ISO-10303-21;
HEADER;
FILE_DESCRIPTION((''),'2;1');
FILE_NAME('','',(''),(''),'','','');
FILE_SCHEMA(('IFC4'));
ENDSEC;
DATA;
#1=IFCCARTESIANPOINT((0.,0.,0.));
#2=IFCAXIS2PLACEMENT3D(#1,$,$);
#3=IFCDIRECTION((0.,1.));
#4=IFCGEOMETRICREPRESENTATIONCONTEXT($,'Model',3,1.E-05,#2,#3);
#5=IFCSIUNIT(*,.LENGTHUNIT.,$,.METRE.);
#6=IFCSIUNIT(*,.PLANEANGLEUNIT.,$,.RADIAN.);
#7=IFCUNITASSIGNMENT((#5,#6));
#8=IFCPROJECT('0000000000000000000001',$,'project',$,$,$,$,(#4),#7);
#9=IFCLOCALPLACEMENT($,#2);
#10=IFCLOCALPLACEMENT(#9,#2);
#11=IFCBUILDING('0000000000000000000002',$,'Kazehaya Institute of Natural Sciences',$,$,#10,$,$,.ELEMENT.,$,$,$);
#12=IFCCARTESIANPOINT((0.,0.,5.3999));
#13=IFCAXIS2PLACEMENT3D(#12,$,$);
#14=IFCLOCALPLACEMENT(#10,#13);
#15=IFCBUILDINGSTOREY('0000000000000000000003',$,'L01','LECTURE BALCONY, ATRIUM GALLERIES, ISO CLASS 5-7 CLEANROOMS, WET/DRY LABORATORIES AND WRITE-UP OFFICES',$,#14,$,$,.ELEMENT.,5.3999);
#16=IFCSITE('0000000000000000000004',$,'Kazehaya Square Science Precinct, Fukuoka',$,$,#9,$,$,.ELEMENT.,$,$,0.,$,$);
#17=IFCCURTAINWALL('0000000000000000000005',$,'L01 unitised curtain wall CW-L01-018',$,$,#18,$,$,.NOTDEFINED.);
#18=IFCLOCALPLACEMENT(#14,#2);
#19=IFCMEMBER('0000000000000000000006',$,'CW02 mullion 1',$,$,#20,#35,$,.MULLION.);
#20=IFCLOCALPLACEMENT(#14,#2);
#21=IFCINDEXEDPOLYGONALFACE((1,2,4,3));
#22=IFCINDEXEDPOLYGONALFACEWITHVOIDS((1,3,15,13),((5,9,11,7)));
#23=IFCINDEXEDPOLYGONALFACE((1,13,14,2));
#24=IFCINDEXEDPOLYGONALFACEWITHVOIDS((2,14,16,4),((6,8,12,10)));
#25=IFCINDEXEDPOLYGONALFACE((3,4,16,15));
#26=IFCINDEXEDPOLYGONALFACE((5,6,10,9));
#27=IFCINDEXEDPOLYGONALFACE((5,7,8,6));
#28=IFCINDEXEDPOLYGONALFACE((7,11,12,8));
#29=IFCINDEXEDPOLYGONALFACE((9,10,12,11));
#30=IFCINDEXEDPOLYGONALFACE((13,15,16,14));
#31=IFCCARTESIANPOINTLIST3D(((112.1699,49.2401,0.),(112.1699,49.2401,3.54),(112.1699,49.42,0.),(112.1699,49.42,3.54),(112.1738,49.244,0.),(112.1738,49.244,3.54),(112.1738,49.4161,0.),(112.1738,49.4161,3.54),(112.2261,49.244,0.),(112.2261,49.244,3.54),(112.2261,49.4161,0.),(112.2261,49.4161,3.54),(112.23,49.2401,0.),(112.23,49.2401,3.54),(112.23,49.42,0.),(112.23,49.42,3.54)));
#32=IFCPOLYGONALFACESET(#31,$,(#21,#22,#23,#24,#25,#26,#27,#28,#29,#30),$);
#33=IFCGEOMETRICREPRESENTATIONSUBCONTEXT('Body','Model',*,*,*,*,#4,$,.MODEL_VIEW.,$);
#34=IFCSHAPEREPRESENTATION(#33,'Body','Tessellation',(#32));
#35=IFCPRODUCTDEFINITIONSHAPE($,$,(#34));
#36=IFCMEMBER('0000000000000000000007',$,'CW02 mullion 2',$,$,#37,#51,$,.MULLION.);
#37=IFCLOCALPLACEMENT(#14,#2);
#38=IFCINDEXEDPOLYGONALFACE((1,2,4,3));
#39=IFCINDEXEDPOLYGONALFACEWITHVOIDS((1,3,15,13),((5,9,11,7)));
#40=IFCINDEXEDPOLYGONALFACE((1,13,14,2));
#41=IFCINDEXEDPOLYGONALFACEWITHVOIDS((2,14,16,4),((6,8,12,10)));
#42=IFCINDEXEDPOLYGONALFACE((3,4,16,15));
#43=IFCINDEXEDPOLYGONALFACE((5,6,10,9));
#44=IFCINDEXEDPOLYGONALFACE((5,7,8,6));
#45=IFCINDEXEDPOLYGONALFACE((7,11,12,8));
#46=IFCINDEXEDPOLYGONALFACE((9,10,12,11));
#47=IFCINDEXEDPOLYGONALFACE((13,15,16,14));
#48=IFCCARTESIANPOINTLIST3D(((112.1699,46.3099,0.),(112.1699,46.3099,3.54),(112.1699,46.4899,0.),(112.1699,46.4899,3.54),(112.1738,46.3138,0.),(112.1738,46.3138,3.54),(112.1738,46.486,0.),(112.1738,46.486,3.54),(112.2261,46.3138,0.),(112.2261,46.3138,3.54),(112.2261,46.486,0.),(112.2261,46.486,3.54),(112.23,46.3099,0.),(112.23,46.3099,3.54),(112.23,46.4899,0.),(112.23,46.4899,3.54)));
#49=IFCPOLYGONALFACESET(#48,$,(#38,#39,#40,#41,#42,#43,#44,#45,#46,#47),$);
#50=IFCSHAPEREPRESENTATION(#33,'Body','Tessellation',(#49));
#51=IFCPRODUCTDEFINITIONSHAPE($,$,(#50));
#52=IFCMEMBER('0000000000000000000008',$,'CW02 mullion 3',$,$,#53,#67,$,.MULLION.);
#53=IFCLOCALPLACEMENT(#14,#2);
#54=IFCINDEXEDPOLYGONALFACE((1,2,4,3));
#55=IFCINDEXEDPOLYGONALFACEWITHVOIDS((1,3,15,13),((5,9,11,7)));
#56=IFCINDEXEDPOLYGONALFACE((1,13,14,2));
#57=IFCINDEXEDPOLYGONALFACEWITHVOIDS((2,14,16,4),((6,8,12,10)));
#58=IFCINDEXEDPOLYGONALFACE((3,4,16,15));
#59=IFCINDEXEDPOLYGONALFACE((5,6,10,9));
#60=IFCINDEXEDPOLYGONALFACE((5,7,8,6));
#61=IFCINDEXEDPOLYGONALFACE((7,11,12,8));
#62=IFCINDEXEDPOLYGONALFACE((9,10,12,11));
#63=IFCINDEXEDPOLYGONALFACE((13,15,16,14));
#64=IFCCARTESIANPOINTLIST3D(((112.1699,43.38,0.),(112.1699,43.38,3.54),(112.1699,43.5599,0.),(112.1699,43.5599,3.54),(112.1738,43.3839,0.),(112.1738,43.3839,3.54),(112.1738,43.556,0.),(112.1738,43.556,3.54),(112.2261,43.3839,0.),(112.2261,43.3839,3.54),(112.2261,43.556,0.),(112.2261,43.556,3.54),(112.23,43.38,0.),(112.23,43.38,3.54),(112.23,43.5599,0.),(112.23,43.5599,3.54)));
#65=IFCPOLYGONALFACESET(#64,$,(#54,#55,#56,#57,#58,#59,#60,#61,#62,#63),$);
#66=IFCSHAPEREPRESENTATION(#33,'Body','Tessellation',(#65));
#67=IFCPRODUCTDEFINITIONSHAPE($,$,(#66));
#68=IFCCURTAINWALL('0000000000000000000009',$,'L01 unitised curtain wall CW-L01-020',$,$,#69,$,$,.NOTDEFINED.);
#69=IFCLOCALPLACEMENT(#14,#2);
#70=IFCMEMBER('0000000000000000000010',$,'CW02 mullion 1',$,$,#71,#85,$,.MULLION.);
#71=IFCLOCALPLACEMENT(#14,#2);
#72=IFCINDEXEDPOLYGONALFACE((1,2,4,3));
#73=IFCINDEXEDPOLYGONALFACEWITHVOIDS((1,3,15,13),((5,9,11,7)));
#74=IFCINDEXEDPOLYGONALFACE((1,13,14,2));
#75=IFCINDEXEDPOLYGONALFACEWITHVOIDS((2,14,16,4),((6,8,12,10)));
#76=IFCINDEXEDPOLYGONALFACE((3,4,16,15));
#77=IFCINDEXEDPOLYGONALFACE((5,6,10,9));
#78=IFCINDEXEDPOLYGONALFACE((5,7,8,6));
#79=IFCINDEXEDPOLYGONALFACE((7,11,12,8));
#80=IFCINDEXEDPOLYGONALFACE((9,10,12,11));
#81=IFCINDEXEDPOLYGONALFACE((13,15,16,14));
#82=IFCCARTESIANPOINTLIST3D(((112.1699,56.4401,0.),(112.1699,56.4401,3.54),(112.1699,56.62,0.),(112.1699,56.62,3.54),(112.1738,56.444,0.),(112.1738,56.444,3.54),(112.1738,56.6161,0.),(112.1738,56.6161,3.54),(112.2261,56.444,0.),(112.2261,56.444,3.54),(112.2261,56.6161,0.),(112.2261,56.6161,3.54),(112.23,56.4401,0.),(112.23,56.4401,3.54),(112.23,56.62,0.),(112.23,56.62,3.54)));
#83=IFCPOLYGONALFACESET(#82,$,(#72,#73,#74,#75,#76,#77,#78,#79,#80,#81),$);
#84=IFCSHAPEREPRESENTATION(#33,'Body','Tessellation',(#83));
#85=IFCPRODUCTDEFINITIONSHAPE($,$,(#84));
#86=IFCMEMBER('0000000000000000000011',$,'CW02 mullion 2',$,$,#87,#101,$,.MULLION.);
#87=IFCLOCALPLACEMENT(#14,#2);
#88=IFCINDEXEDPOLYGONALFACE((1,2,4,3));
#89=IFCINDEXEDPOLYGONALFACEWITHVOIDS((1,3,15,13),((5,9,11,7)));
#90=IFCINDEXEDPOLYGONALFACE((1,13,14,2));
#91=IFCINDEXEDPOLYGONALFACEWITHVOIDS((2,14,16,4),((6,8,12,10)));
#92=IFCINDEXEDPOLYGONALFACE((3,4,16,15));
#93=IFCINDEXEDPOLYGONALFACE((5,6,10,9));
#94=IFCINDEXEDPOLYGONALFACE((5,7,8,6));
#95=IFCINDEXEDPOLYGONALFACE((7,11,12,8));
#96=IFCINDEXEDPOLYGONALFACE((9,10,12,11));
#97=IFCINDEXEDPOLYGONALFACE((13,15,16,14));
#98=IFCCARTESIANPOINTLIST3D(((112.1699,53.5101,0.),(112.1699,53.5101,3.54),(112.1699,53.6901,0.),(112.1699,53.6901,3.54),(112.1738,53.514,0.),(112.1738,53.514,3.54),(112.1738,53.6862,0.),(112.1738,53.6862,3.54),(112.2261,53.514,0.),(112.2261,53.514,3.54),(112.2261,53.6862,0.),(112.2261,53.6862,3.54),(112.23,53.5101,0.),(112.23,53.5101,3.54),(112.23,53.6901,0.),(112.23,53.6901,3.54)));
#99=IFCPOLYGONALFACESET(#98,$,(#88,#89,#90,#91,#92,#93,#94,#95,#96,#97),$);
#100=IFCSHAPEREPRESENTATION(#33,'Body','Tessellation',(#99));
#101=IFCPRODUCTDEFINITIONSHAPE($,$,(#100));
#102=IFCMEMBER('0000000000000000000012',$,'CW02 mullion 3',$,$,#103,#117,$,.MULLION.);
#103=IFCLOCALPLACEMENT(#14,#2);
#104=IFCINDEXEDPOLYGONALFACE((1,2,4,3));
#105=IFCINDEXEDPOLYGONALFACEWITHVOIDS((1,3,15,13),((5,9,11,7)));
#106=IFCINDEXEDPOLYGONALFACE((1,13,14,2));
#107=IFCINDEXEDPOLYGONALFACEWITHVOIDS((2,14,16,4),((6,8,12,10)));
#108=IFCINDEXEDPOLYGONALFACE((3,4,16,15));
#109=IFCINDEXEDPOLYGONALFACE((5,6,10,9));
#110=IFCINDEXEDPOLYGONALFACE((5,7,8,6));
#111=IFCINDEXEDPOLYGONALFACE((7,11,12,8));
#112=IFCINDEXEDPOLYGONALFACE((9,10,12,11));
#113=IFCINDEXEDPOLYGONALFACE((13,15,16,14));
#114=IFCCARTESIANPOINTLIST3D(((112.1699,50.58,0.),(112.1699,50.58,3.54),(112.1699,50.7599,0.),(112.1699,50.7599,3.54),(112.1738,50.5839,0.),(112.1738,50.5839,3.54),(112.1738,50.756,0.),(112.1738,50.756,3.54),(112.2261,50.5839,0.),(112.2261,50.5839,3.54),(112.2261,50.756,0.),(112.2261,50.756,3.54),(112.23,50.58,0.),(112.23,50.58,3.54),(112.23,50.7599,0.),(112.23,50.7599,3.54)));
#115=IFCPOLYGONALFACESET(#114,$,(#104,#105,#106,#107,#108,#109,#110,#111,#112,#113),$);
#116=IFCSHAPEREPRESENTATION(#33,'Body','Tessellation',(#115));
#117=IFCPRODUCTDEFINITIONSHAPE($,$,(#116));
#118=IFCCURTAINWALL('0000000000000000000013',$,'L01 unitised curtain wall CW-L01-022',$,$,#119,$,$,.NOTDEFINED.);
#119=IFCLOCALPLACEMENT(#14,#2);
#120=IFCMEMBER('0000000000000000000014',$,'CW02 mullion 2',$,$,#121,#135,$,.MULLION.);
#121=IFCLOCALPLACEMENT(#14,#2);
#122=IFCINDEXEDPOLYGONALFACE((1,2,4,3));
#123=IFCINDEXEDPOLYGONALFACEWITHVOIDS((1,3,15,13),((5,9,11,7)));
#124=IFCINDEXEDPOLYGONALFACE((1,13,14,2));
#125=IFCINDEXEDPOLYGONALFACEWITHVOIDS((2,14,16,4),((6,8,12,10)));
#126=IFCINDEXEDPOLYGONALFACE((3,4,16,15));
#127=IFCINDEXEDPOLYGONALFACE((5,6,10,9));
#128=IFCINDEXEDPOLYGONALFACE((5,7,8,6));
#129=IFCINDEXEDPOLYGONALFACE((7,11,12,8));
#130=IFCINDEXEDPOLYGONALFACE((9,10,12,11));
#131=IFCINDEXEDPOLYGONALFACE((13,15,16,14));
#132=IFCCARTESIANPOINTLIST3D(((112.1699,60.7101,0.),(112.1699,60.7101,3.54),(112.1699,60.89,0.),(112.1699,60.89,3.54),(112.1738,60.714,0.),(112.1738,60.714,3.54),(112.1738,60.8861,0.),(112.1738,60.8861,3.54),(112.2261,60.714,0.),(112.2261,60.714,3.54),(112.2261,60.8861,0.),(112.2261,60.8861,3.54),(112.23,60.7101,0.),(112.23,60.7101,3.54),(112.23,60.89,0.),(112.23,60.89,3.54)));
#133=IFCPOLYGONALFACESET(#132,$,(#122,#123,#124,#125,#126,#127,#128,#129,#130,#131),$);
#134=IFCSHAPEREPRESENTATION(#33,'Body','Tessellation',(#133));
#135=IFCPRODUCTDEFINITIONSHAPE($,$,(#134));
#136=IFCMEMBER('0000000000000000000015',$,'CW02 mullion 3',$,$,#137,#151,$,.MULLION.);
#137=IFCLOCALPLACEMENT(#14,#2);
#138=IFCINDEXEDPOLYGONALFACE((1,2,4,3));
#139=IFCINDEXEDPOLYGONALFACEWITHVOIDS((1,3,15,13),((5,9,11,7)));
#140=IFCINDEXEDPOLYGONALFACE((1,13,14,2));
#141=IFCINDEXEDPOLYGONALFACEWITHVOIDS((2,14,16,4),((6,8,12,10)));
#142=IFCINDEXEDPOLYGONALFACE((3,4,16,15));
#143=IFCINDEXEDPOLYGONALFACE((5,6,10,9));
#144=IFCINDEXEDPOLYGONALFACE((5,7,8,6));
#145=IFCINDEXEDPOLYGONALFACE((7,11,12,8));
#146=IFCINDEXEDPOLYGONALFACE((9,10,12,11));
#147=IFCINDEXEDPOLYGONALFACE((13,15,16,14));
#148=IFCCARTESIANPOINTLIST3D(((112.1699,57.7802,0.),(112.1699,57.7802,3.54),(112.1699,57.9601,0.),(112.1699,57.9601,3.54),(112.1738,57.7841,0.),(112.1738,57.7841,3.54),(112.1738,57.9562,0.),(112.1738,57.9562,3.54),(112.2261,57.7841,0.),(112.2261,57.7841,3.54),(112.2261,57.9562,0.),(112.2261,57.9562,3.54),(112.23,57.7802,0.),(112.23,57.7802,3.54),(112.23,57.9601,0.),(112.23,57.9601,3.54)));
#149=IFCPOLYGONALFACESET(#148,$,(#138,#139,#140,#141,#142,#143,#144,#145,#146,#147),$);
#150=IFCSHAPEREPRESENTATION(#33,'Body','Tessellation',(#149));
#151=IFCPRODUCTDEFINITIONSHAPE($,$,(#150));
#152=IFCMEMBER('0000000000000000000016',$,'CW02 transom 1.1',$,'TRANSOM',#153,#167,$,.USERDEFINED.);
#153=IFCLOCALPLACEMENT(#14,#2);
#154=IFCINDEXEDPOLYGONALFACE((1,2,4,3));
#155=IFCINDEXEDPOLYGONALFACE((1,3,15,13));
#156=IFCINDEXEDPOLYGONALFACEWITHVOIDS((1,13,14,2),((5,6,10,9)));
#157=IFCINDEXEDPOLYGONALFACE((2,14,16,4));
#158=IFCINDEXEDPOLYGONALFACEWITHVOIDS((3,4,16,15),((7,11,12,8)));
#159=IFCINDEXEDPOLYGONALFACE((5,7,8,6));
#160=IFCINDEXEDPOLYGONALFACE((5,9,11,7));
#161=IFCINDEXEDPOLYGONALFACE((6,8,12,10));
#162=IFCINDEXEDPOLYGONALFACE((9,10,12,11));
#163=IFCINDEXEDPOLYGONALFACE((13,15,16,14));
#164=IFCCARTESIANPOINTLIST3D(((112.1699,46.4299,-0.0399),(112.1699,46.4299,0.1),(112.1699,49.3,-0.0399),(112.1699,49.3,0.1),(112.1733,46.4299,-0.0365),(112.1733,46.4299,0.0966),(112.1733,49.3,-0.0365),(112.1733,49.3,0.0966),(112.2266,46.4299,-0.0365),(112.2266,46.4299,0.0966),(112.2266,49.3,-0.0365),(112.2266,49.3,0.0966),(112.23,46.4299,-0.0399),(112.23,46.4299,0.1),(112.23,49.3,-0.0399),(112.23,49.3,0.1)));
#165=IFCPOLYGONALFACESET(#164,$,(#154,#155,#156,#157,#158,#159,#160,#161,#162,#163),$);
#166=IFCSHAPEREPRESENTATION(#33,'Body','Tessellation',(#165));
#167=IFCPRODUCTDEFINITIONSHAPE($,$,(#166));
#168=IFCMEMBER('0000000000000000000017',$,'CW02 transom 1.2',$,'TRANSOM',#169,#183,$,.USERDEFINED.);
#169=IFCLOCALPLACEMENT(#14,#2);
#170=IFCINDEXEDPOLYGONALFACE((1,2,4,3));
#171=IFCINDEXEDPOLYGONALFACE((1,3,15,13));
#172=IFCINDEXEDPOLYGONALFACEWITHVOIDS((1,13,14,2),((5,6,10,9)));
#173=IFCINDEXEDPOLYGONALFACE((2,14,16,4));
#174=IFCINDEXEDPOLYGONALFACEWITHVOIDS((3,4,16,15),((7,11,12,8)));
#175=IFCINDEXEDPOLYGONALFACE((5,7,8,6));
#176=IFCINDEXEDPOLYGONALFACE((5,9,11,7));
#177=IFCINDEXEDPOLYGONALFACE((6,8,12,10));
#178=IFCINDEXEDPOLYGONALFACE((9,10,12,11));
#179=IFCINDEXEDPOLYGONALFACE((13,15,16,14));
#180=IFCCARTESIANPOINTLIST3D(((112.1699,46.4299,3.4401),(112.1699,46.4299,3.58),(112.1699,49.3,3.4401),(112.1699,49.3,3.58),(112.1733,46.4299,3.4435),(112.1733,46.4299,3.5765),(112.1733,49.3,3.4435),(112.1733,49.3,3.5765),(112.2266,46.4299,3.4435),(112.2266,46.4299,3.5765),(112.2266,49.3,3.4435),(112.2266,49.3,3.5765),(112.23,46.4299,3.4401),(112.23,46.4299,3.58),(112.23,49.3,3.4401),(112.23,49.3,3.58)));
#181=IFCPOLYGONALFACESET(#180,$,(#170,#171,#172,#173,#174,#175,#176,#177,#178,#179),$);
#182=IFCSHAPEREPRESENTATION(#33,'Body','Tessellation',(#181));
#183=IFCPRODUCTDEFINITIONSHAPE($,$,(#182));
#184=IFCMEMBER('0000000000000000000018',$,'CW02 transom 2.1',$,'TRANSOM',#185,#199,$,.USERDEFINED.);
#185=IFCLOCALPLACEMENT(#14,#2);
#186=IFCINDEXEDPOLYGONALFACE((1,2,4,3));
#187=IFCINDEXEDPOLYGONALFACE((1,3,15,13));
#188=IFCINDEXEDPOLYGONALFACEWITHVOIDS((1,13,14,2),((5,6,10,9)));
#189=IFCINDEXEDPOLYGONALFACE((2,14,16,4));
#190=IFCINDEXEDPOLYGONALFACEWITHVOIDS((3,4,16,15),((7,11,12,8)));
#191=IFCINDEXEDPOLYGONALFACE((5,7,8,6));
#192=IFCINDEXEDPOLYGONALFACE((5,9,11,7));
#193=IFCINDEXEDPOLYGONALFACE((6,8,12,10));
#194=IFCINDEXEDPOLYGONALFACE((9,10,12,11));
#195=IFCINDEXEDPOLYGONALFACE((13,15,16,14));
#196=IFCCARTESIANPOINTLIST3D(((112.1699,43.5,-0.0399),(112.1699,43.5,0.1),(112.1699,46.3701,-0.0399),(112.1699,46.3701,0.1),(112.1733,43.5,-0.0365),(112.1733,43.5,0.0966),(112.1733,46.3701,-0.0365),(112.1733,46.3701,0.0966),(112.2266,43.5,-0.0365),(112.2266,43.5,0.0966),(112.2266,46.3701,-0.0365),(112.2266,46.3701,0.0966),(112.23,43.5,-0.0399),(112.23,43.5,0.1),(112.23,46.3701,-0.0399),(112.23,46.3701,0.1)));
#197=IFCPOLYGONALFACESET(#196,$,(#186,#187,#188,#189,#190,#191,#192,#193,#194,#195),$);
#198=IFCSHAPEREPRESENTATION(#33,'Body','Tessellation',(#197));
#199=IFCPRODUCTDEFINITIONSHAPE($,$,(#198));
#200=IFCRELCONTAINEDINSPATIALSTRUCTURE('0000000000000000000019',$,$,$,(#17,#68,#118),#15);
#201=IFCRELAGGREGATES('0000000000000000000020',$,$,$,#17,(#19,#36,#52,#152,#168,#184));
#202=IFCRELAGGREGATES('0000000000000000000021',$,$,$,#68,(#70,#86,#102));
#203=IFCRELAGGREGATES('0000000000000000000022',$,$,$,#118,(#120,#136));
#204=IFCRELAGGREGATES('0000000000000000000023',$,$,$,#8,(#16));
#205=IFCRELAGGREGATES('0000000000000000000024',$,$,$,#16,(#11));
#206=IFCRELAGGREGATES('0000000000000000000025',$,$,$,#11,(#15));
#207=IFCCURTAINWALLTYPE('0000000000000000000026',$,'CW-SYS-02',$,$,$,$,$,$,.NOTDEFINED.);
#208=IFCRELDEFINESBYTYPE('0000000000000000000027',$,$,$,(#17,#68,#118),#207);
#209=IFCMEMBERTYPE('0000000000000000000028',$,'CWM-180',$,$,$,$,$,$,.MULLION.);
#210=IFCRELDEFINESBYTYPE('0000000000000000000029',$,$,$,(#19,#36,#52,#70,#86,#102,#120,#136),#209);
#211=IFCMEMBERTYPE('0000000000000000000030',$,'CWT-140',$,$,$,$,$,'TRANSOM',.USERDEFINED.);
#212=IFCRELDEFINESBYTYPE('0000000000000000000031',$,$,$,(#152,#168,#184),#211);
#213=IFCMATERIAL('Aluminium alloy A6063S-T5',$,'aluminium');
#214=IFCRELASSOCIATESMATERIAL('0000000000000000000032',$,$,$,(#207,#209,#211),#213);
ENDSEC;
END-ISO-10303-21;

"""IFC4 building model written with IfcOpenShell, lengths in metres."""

from ifc_helpers import new_model, si_unit, direction, frame, origin, origin_2d, place, context, subcontext, project, spatial, hollow_rectangle, extrude, material, material_profile, profile_set, type_object, element, aggregate, save


model = new_model("IFC4")

# Units and contexts
model_context = context("Model", 3, precision=1e-05, world=origin(), true_north=direction((0.0, 1.0)))
body_context = subcontext(model_context, "Body", "Model", "MODEL_VIEW")
ifc_project = project(units=[si_unit("LENGTHUNIT", "METRE"), si_unit("PLANEANGLEUNIT", "RADIAN")], contexts=[model_context])

# Site, building, storey
site_placement = place(None, origin())
site = spatial("IfcSite", under=ifc_project, at=site_placement, Name="Kazehaya Square Science Precinct, Fukuoka", CompositionType="ELEMENT", RefElevation=0.0)
building_placement = place(site_placement, origin())
building = spatial("IfcBuilding", under=site, at=building_placement, Name="Kazehaya Institute of Natural Sciences", CompositionType="ELEMENT")
storey_placement = place(building_placement, frame((0.0, 0.0, 5.3999)))
storey = spatial("IfcBuildingStorey", under=building, at=storey_placement, Name="L01", Description="LECTURE BALCONY, ATRIUM GALLERIES, ISO CLASS 5-7 CLEANROOMS, WET/DRY LABORATORIES AND WRITE-UP OFFICES", CompositionType="ELEMENT", Elevation=5.3999)

# Curtain walls, members
ifc_material_1 = material(Name="Aluminium alloy A6063S-T5", Category="aluminium")
curtain_wall_type = type_object("IfcCurtainWallType", Name="CW-SYS-02", PredefinedType="NOTDEFINED", material=ifc_material_1)
curtain_wall_1_placement = place(storey_placement, origin())
curtain_wall_1 = element("IfcCurtainWall", 1, at=curtain_wall_1_placement, inside=storey, type_object=curtain_wall_type, Name="L01 unitised curtain wall CW-L01-018", PredefinedType="NOTDEFINED")
ifc_material_profile_1 = material_profile(ifc_material_1, hollow_rectangle(XDim=0.0601, YDim=0.1799, WallThickness=0.0039, at=origin_2d()), Name="ALU-60x180x4")
ifc_profile_set_1 = profile_set([ifc_material_profile_1], Name="Aluminium alloy A6063S-T5")
member_type_1 = type_object("IfcMemberType", Name="CWM-180", PredefinedType="MULLION", material=ifc_profile_set_1)
member_1_placement = place(storey_placement, frame((112.2, 49.3301, 0.0), z_axis=(0.0, 0.0, 1.0), x_axis=(1.0, 0.0, 0.0)))
member_1 = element("IfcMember", 2, at=member_1_placement, type_object=member_type_1, Name="CW02 mullion 1", PredefinedType="MULLION", context=body_context, shape_type="SweptSolid", body=[
    extrude(hollow_rectangle(XDim=0.0601, YDim=0.1799, WallThickness=0.0039, at=origin_2d()), origin(), (0.0, 0.0, 1.0), 3.54),
])
member_2_placement = place(storey_placement, frame((112.2, 46.3999, 0.0), z_axis=(0.0, 0.0, 1.0), x_axis=(1.0, 0.0, 0.0)))
member_2 = element("IfcMember", 3, at=member_2_placement, type_object=member_type_1, Name="CW02 mullion 2", PredefinedType="MULLION", context=body_context, shape_type="SweptSolid", body=[
    extrude(hollow_rectangle(XDim=0.0601, YDim=0.1799, WallThickness=0.0039, at=origin_2d()), origin(), (0.0, 0.0, 1.0), 3.54),
])
member_3_placement = place(storey_placement, frame((112.2, 43.47, 0.0), z_axis=(0.0, 0.0, 1.0), x_axis=(1.0, 0.0, 0.0)))
member_3 = element("IfcMember", 4, at=member_3_placement, type_object=member_type_1, Name="CW02 mullion 3", PredefinedType="MULLION", context=body_context, shape_type="SweptSolid", body=[
    extrude(hollow_rectangle(XDim=0.0601, YDim=0.1799, WallThickness=0.0039, at=origin_2d()), origin(), (0.0, 0.0, 1.0), 3.54),
])
curtain_wall_2_placement = place(storey_placement, origin())
curtain_wall_2 = element("IfcCurtainWall", 5, at=curtain_wall_2_placement, inside=storey, type_object=curtain_wall_type, Name="L01 unitised curtain wall CW-L01-020", PredefinedType="NOTDEFINED")
member_4_placement = place(storey_placement, frame((112.2, 56.53, 0.0), z_axis=(0.0, 0.0, 1.0), x_axis=(1.0, 0.0, 0.0)))
member_4 = element("IfcMember", 6, at=member_4_placement, type_object=member_type_1, Name="CW02 mullion 1", PredefinedType="MULLION", context=body_context, shape_type="SweptSolid", body=[
    extrude(hollow_rectangle(XDim=0.0601, YDim=0.1799, WallThickness=0.0039, at=origin_2d()), origin(), (0.0, 0.0, 1.0), 3.54),
])
member_5_placement = place(storey_placement, frame((112.2, 53.6001, 0.0), z_axis=(0.0, 0.0, 1.0), x_axis=(1.0, 0.0, 0.0)))
member_5 = element("IfcMember", 7, at=member_5_placement, type_object=member_type_1, Name="CW02 mullion 2", PredefinedType="MULLION", context=body_context, shape_type="SweptSolid", body=[
    extrude(hollow_rectangle(XDim=0.0601, YDim=0.1799, WallThickness=0.0039, at=origin_2d()), origin(), (0.0, 0.0, 1.0), 3.54),
])
member_6_placement = place(storey_placement, frame((112.2, 50.6699, 0.0), z_axis=(0.0, 0.0, 1.0), x_axis=(1.0, 0.0, 0.0)))
member_6 = element("IfcMember", 8, at=member_6_placement, type_object=member_type_1, Name="CW02 mullion 3", PredefinedType="MULLION", context=body_context, shape_type="SweptSolid", body=[
    extrude(hollow_rectangle(XDim=0.0601, YDim=0.1799, WallThickness=0.0039, at=origin_2d()), origin(), (0.0, 0.0, 1.0), 3.54),
])
curtain_wall_3_placement = place(storey_placement, origin())
curtain_wall_3 = element("IfcCurtainWall", 9, at=curtain_wall_3_placement, inside=storey, type_object=curtain_wall_type, Name="L01 unitised curtain wall CW-L01-022", PredefinedType="NOTDEFINED")
member_7_placement = place(storey_placement, frame((112.2, 60.8, 0.0), z_axis=(0.0, 0.0, 1.0), x_axis=(1.0, 0.0, 0.0)))
member_7 = element("IfcMember", 10, at=member_7_placement, type_object=member_type_1, Name="CW02 mullion 2", PredefinedType="MULLION", context=body_context, shape_type="SweptSolid", body=[
    extrude(hollow_rectangle(XDim=0.0601, YDim=0.1799, WallThickness=0.0039, at=origin_2d()), origin(), (0.0, 0.0, 1.0), 3.54),
])
member_8_placement = place(storey_placement, frame((112.2, 57.8701, 0.0), z_axis=(0.0, 0.0, 1.0), x_axis=(1.0, 0.0, 0.0)))
member_8 = element("IfcMember", 11, at=member_8_placement, type_object=member_type_1, Name="CW02 mullion 3", PredefinedType="MULLION", context=body_context, shape_type="SweptSolid", body=[
    extrude(hollow_rectangle(XDim=0.0601, YDim=0.1799, WallThickness=0.0039, at=origin_2d()), origin(), (0.0, 0.0, 1.0), 3.54),
])

# Members
ifc_material_profile_2 = material_profile(ifc_material_1, hollow_rectangle(XDim=0.0601, YDim=0.1399, WallThickness=0.0034, at=origin_2d()), Name="ALU-60x140x3.5")
ifc_profile_set_2 = profile_set([ifc_material_profile_2], Name="Aluminium alloy A6063S-T5")
member_type_2 = type_object("IfcMemberType", Name="CWT-140", ElementType="TRANSOM", PredefinedType="USERDEFINED", material=ifc_profile_set_2)
member_9_placement = place(storey_placement, frame((112.2, 49.3, 0.03), z_axis=(0.0, -1.0, 0.0), x_axis=(1.0, 0.0, 0.0)))
member_9 = element("IfcMember", 12, at=member_9_placement, type_object=member_type_2, Name="CW02 transom 1.1", ObjectType="TRANSOM", PredefinedType="USERDEFINED", context=body_context, shape_type="SweptSolid", body=[
    extrude(hollow_rectangle(XDim=0.0601, YDim=0.1399, WallThickness=0.0034, at=origin_2d()), origin(), (0.0, 0.0, 1.0), 2.8701),
])
member_10_placement = place(storey_placement, frame((112.2, 49.3, 3.51), z_axis=(0.0, -1.0, 0.0), x_axis=(1.0, 0.0, 0.0)))
member_10 = element("IfcMember", 13, at=member_10_placement, type_object=member_type_2, Name="CW02 transom 1.2", ObjectType="TRANSOM", PredefinedType="USERDEFINED", context=body_context, shape_type="SweptSolid", body=[
    extrude(hollow_rectangle(XDim=0.0601, YDim=0.1399, WallThickness=0.0034, at=origin_2d()), origin(), (0.0, 0.0, 1.0), 2.8701),
])
member_11_placement = place(storey_placement, frame((112.2, 46.3701, 0.03), z_axis=(0.0, -1.0, 0.0), x_axis=(1.0, 0.0, 0.0)))
member_11 = element("IfcMember", 14, at=member_11_placement, type_object=member_type_2, Name="CW02 transom 2.1", ObjectType="TRANSOM", PredefinedType="USERDEFINED", context=body_context, shape_type="SweptSolid", body=[
    extrude(hollow_rectangle(XDim=0.0601, YDim=0.1399, WallThickness=0.0034, at=origin_2d()), origin(), (0.0, 0.0, 1.0), 2.8701),
])

aggregate(curtain_wall_1, [member_1, member_2, member_3, member_9, member_10, member_11])
aggregate(curtain_wall_2, [member_4, member_5, member_6])
aggregate(curtain_wall_3, [member_7, member_8])

save(model, "model.ifc")
